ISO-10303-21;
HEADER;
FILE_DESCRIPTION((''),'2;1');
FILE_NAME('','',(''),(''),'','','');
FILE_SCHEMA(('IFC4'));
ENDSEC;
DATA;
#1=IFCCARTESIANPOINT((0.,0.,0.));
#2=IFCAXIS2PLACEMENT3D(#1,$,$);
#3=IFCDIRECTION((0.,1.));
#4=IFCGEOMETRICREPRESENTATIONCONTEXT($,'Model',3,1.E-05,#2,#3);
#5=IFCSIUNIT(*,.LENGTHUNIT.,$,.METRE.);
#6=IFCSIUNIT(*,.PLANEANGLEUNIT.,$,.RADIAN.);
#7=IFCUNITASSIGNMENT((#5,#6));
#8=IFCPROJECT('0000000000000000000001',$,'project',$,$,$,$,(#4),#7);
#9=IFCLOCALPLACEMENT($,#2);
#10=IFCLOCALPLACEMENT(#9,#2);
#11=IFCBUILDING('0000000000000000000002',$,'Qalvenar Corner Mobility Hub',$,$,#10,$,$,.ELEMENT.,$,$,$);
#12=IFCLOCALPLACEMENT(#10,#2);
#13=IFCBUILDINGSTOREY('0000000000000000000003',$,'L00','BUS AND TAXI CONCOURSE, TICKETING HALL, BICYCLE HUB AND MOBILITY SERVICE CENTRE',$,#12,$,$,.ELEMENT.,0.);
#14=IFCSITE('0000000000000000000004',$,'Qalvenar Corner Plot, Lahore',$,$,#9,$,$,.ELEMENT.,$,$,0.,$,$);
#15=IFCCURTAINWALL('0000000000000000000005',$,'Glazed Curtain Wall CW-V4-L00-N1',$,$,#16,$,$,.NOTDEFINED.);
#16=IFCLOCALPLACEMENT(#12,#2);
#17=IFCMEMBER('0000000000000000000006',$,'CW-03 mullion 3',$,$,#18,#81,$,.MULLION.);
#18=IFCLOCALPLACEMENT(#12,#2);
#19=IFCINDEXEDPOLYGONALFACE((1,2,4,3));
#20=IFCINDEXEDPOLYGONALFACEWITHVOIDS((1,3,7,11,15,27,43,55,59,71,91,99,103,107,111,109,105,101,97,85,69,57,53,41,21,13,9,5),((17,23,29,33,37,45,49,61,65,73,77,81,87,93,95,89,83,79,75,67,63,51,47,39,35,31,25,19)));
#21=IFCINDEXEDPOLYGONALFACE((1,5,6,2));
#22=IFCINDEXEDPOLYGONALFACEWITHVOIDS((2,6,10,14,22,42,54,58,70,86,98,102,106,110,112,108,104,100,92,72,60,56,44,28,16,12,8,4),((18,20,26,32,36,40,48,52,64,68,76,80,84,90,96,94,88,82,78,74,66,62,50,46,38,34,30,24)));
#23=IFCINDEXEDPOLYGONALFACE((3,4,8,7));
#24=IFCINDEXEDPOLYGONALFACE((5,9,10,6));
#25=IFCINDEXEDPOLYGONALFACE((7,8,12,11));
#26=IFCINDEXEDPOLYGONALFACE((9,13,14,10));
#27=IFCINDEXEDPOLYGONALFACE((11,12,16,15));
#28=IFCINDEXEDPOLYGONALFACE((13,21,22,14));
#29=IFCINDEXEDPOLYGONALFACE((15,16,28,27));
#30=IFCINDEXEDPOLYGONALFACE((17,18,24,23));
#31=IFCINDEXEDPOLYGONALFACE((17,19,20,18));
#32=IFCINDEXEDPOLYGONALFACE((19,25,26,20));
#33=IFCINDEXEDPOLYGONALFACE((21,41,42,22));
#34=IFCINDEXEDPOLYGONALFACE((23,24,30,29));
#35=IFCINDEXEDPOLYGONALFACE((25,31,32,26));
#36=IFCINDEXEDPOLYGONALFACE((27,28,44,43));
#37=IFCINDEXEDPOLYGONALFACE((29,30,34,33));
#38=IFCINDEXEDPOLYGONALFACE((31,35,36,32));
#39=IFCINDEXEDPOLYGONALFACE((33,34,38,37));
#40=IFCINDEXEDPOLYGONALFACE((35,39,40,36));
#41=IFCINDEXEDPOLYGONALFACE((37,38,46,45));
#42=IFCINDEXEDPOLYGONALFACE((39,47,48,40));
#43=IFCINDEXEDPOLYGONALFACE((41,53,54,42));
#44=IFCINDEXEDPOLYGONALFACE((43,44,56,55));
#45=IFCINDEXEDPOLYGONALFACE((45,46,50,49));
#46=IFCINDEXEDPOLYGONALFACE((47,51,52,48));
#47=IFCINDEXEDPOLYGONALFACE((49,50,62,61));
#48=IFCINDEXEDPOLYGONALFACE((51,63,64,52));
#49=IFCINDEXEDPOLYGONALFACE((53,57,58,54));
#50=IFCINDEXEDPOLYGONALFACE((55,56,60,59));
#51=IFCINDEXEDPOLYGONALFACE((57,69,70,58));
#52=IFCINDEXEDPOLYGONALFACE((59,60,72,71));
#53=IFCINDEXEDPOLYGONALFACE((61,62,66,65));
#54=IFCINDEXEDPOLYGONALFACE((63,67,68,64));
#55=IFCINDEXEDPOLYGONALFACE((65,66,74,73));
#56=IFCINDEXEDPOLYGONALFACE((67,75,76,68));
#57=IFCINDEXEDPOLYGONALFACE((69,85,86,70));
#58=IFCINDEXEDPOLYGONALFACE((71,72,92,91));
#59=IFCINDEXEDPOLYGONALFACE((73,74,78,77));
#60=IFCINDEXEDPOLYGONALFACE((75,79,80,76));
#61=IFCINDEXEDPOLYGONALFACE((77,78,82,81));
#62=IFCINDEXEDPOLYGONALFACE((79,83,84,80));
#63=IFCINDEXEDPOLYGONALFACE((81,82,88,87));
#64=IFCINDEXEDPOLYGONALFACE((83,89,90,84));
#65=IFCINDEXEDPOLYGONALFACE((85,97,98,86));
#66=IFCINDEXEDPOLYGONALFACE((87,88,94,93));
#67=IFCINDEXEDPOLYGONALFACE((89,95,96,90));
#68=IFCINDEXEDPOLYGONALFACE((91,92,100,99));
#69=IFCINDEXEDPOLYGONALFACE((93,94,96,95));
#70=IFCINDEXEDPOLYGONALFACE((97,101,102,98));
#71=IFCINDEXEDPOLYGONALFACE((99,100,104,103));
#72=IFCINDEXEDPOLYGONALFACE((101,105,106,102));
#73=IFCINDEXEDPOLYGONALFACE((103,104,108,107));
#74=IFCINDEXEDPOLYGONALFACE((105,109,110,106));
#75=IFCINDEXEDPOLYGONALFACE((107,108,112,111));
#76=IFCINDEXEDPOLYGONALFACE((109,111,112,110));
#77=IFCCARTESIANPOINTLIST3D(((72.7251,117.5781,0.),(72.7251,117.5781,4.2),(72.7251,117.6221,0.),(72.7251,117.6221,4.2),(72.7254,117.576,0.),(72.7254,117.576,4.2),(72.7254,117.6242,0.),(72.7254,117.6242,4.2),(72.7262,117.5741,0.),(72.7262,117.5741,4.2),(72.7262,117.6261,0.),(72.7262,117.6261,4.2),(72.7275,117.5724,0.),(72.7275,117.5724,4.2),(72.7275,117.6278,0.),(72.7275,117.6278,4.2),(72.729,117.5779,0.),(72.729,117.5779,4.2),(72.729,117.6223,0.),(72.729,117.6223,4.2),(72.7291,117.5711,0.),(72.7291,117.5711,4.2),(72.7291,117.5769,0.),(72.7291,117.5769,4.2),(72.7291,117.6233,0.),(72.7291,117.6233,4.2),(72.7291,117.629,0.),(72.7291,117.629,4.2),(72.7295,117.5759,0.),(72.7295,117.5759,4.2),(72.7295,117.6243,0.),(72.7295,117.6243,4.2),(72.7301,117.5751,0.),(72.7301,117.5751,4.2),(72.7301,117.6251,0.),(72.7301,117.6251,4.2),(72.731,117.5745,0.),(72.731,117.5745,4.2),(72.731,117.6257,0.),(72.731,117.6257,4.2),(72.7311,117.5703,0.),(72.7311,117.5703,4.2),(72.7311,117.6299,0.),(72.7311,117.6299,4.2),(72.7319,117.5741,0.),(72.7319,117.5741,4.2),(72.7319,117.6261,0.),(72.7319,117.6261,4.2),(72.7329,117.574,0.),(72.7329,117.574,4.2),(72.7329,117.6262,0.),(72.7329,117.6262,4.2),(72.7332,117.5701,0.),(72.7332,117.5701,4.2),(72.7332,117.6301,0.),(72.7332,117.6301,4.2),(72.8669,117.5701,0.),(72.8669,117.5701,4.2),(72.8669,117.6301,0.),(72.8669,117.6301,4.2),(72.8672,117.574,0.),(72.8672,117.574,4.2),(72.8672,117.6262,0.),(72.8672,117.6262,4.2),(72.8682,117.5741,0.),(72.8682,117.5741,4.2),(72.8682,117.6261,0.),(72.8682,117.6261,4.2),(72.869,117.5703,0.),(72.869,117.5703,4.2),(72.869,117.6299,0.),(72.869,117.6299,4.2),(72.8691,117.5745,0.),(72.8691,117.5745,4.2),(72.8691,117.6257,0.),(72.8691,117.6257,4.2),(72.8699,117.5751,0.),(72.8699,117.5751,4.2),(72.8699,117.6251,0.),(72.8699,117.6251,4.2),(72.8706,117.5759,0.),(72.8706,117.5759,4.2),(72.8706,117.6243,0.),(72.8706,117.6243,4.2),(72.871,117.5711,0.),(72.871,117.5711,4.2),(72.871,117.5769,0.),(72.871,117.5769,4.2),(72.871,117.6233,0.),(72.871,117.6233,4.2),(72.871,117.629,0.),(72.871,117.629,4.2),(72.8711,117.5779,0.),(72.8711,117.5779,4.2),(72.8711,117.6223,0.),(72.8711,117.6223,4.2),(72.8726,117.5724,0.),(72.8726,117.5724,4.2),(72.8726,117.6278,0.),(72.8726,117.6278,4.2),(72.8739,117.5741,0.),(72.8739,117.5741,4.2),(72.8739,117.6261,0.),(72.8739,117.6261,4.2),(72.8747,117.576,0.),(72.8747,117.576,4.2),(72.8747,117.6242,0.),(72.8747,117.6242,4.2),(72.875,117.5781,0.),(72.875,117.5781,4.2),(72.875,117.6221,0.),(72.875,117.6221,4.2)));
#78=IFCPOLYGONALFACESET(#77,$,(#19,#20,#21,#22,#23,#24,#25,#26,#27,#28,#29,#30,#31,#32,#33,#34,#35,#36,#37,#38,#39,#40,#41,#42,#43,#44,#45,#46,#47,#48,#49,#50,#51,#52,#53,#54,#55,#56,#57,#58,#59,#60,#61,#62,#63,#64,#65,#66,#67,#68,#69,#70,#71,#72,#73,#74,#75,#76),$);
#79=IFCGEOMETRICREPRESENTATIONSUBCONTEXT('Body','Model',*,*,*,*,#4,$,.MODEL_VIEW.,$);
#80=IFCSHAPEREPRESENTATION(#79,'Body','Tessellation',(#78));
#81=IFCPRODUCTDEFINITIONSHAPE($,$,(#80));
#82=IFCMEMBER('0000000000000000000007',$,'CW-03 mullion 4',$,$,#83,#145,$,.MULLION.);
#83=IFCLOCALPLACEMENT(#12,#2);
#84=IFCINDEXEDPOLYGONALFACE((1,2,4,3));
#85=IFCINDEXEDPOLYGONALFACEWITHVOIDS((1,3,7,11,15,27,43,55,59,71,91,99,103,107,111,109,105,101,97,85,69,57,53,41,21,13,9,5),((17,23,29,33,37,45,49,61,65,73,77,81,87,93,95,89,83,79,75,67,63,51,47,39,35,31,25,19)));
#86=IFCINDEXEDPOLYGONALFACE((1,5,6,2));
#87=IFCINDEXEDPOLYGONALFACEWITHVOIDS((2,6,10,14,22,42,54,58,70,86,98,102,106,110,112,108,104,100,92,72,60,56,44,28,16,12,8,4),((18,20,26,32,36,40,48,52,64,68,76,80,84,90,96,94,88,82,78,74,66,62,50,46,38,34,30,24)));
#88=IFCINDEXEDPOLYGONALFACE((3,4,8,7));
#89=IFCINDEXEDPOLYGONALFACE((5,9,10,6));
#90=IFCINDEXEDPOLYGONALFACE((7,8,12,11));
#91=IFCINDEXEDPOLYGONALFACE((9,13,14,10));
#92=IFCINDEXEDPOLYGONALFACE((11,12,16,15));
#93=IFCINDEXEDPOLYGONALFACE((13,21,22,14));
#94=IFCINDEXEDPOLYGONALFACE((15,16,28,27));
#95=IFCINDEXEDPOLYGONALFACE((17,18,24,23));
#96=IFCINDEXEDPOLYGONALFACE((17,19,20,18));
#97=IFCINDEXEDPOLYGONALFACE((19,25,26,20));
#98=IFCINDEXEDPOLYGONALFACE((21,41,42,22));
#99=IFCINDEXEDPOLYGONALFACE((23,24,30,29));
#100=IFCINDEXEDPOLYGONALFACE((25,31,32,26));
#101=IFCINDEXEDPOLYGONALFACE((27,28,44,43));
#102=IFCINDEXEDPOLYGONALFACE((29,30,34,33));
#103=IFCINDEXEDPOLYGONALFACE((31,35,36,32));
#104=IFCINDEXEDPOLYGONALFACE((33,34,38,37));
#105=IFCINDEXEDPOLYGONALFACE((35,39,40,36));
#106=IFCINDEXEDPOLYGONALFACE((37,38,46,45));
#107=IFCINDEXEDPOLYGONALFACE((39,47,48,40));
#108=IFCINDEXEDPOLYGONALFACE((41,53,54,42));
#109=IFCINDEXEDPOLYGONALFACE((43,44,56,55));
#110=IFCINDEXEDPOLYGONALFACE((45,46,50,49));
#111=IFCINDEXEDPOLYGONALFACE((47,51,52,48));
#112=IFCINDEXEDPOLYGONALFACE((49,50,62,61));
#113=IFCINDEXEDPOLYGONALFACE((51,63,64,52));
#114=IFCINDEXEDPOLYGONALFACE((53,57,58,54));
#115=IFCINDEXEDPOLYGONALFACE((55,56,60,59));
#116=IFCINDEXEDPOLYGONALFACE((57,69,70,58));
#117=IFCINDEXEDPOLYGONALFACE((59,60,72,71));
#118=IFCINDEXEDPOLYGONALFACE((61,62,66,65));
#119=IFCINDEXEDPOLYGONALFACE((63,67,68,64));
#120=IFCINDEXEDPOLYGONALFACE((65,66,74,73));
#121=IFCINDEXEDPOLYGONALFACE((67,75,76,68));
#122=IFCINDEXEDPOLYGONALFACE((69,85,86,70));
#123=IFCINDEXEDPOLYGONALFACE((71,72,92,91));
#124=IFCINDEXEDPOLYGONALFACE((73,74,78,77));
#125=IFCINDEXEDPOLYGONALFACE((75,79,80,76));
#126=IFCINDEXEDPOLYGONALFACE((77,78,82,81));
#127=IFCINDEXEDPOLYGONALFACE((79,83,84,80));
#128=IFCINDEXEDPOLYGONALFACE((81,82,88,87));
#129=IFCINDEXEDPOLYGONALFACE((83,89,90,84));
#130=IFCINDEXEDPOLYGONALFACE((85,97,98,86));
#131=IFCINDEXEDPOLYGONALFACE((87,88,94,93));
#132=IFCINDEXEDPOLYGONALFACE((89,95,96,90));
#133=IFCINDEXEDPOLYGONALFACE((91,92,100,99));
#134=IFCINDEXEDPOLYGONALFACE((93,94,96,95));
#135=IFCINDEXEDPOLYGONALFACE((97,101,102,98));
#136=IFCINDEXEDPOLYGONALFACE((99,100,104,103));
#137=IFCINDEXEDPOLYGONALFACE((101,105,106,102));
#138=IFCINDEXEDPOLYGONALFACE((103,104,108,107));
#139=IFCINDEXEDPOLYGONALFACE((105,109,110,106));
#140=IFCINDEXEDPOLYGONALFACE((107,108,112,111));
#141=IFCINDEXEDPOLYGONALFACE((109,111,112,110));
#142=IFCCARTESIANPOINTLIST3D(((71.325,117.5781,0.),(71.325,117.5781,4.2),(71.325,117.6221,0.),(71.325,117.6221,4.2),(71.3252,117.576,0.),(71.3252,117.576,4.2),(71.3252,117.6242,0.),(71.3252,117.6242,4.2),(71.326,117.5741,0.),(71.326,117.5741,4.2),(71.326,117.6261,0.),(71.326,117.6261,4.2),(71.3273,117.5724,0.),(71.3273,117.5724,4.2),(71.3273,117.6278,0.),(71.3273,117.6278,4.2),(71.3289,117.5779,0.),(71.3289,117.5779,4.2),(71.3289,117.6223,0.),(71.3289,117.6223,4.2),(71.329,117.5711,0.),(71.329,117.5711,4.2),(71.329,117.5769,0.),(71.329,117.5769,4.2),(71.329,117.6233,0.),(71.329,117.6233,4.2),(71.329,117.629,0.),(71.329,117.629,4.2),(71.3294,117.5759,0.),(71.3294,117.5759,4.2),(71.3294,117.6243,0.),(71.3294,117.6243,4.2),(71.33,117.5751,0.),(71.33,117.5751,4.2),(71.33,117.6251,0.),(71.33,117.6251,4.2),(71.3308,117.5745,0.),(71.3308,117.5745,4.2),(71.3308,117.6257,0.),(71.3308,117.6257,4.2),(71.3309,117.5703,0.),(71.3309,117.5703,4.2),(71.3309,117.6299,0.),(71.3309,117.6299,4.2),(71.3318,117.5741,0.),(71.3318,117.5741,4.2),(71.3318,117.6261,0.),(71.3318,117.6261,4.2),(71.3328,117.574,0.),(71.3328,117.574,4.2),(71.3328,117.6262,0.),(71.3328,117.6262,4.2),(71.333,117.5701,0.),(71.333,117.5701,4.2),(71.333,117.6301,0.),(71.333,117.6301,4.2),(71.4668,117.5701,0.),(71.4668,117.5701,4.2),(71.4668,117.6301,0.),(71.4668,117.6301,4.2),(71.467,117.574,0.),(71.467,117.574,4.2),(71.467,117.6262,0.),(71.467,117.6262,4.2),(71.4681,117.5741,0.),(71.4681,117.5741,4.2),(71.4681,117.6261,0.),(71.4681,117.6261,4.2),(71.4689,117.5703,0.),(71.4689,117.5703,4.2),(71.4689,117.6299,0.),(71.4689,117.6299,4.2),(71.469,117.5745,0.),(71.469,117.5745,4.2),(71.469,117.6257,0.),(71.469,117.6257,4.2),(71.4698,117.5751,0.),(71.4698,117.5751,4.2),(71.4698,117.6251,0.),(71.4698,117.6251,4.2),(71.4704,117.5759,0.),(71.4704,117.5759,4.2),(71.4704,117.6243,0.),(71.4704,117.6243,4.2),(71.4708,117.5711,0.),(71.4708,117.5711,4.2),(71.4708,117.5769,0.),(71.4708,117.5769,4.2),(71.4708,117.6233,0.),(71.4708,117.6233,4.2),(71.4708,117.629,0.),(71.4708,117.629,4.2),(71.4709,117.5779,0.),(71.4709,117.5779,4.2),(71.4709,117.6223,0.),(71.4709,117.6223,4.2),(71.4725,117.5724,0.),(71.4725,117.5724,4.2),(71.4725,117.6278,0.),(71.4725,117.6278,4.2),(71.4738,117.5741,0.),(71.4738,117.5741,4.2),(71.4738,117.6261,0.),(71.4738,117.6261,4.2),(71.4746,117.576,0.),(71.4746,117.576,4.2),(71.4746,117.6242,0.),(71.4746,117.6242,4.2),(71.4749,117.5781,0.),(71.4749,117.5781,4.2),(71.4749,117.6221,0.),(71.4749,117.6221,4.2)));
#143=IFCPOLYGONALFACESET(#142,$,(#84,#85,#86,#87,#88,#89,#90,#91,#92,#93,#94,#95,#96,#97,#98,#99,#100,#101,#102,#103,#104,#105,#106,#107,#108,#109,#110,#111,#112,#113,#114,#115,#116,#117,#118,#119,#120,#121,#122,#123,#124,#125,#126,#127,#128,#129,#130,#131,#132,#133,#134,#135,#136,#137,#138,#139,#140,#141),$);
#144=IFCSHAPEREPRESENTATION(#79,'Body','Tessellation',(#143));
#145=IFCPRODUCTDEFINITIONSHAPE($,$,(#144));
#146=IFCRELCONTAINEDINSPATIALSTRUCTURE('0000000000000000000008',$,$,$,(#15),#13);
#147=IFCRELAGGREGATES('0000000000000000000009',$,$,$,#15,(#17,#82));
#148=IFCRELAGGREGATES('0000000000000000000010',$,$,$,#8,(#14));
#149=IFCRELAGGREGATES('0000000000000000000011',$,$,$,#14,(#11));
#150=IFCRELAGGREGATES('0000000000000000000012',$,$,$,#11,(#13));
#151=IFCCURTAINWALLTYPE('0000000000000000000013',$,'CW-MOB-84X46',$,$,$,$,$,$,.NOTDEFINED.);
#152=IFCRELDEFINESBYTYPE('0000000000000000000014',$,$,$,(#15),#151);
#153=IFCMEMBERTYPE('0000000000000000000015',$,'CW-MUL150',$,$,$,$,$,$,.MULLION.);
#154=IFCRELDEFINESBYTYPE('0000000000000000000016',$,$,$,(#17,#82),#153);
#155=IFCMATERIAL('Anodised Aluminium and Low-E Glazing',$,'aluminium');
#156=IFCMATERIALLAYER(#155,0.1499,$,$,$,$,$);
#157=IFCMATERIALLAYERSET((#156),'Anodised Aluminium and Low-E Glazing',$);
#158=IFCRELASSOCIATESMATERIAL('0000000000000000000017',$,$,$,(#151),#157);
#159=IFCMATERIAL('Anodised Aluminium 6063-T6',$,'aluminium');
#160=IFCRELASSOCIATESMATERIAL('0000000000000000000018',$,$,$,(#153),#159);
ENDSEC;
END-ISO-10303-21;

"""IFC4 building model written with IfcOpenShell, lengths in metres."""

from ifc_helpers import new_model, si_unit, direction, frame, origin, origin_2d, place, context, subcontext, project, spatial, hollow_rectangle, extrude, material, layer, layer_set, material_profile, profile_set, type_object, element, aggregate, save


model = new_model("IFC4")

# Units and contexts
model_context = context("Model", 3, precision=1e-05, world=origin(), true_north=direction((0.0, 1.0)))
body_context = subcontext(model_context, "Body", "Model", "MODEL_VIEW")
ifc_project = project(units=[si_unit("LENGTHUNIT", "METRE"), si_unit("PLANEANGLEUNIT", "RADIAN")], contexts=[model_context])

# Site, building, storey
site_placement = place(None, origin())
site = spatial("IfcSite", under=ifc_project, at=site_placement, Name="Qalvenar Corner Plot, Lahore", CompositionType="ELEMENT", RefElevation=0.0)
building_placement = place(site_placement, origin())
building = spatial("IfcBuilding", under=site, at=building_placement, Name="Qalvenar Corner Mobility Hub", CompositionType="ELEMENT")
storey_placement = place(building_placement, origin())
storey = spatial("IfcBuildingStorey", under=building, at=storey_placement, Name="L00", Description="BUS AND TAXI CONCOURSE, TICKETING HALL, BICYCLE HUB AND MOBILITY SERVICE CENTRE", CompositionType="ELEMENT", Elevation=0.0)

# Curtain wall, members
ifc_material_1 = material(Name="Anodised Aluminium and Low-E Glazing", Category="aluminium")
ifc_layer_1 = layer(ifc_material_1, 0.1499)
ifc_layer_set_1 = layer_set([ifc_layer_1], Name="Anodised Aluminium and Low-E Glazing")
curtain_wall_type = type_object("IfcCurtainWallType", Name="CW-MOB-84X46", PredefinedType="NOTDEFINED", material=ifc_layer_set_1)
curtain_wall_placement = place(storey_placement, origin())
curtain_wall = element("IfcCurtainWall", 1, at=curtain_wall_placement, inside=storey, type_object=curtain_wall_type, Name="Glazed Curtain Wall CW-V4-L00-N1", PredefinedType="NOTDEFINED")
ifc_material_2 = material(Name="Anodised Aluminium 6063-T6", Category="aluminium")
ifc_material_profile_1 = material_profile(ifc_material_2, hollow_rectangle(XDim=0.0601, YDim=0.1499, WallThickness=0.0039, InnerFilletRadius=0.0039, OuterFilletRadius=0.0081, at=origin_2d()), Name="RHS150x60x4")
ifc_profile_set_1 = profile_set([ifc_material_profile_1], Name="Anodised Aluminium 6063-T6")
member_type_1 = type_object("IfcMemberType", Name="CW-MUL150", PredefinedType="MULLION", material=ifc_profile_set_1)
member_1_placement = place(storey_placement, frame((72.8, 117.6001, 0.0), z_axis=(0.0, 0.0, 1.0), x_axis=(0.0, -1.0, 0.0)))
member_1 = element("IfcMember", 2, at=member_1_placement, type_object=member_type_1, Name="CW-03 mullion 3", PredefinedType="MULLION", context=body_context, shape_type="SweptSolid", body=[
    extrude(hollow_rectangle(XDim=0.0601, YDim=0.1499, WallThickness=0.0039, InnerFilletRadius=0.0039, OuterFilletRadius=0.0081, at=origin_2d()), origin(), (0.0, 0.0, 1.0), 4.2),
])
member_2_placement = place(storey_placement, frame((71.3999, 117.6001, 0.0), z_axis=(0.0, 0.0, 1.0), x_axis=(0.0, -1.0, 0.0)))
member_2 = element("IfcMember", 3, at=member_2_placement, type_object=member_type_1, Name="CW-03 mullion 4", PredefinedType="MULLION", context=body_context, shape_type="SweptSolid", body=[
    extrude(hollow_rectangle(XDim=0.0601, YDim=0.1499, WallThickness=0.0039, InnerFilletRadius=0.0039, OuterFilletRadius=0.0081, at=origin_2d()), origin(), (0.0, 0.0, 1.0), 4.2),
])
aggregate(curtain_wall, [member_1, member_2])

save(model, "model.ifc")
